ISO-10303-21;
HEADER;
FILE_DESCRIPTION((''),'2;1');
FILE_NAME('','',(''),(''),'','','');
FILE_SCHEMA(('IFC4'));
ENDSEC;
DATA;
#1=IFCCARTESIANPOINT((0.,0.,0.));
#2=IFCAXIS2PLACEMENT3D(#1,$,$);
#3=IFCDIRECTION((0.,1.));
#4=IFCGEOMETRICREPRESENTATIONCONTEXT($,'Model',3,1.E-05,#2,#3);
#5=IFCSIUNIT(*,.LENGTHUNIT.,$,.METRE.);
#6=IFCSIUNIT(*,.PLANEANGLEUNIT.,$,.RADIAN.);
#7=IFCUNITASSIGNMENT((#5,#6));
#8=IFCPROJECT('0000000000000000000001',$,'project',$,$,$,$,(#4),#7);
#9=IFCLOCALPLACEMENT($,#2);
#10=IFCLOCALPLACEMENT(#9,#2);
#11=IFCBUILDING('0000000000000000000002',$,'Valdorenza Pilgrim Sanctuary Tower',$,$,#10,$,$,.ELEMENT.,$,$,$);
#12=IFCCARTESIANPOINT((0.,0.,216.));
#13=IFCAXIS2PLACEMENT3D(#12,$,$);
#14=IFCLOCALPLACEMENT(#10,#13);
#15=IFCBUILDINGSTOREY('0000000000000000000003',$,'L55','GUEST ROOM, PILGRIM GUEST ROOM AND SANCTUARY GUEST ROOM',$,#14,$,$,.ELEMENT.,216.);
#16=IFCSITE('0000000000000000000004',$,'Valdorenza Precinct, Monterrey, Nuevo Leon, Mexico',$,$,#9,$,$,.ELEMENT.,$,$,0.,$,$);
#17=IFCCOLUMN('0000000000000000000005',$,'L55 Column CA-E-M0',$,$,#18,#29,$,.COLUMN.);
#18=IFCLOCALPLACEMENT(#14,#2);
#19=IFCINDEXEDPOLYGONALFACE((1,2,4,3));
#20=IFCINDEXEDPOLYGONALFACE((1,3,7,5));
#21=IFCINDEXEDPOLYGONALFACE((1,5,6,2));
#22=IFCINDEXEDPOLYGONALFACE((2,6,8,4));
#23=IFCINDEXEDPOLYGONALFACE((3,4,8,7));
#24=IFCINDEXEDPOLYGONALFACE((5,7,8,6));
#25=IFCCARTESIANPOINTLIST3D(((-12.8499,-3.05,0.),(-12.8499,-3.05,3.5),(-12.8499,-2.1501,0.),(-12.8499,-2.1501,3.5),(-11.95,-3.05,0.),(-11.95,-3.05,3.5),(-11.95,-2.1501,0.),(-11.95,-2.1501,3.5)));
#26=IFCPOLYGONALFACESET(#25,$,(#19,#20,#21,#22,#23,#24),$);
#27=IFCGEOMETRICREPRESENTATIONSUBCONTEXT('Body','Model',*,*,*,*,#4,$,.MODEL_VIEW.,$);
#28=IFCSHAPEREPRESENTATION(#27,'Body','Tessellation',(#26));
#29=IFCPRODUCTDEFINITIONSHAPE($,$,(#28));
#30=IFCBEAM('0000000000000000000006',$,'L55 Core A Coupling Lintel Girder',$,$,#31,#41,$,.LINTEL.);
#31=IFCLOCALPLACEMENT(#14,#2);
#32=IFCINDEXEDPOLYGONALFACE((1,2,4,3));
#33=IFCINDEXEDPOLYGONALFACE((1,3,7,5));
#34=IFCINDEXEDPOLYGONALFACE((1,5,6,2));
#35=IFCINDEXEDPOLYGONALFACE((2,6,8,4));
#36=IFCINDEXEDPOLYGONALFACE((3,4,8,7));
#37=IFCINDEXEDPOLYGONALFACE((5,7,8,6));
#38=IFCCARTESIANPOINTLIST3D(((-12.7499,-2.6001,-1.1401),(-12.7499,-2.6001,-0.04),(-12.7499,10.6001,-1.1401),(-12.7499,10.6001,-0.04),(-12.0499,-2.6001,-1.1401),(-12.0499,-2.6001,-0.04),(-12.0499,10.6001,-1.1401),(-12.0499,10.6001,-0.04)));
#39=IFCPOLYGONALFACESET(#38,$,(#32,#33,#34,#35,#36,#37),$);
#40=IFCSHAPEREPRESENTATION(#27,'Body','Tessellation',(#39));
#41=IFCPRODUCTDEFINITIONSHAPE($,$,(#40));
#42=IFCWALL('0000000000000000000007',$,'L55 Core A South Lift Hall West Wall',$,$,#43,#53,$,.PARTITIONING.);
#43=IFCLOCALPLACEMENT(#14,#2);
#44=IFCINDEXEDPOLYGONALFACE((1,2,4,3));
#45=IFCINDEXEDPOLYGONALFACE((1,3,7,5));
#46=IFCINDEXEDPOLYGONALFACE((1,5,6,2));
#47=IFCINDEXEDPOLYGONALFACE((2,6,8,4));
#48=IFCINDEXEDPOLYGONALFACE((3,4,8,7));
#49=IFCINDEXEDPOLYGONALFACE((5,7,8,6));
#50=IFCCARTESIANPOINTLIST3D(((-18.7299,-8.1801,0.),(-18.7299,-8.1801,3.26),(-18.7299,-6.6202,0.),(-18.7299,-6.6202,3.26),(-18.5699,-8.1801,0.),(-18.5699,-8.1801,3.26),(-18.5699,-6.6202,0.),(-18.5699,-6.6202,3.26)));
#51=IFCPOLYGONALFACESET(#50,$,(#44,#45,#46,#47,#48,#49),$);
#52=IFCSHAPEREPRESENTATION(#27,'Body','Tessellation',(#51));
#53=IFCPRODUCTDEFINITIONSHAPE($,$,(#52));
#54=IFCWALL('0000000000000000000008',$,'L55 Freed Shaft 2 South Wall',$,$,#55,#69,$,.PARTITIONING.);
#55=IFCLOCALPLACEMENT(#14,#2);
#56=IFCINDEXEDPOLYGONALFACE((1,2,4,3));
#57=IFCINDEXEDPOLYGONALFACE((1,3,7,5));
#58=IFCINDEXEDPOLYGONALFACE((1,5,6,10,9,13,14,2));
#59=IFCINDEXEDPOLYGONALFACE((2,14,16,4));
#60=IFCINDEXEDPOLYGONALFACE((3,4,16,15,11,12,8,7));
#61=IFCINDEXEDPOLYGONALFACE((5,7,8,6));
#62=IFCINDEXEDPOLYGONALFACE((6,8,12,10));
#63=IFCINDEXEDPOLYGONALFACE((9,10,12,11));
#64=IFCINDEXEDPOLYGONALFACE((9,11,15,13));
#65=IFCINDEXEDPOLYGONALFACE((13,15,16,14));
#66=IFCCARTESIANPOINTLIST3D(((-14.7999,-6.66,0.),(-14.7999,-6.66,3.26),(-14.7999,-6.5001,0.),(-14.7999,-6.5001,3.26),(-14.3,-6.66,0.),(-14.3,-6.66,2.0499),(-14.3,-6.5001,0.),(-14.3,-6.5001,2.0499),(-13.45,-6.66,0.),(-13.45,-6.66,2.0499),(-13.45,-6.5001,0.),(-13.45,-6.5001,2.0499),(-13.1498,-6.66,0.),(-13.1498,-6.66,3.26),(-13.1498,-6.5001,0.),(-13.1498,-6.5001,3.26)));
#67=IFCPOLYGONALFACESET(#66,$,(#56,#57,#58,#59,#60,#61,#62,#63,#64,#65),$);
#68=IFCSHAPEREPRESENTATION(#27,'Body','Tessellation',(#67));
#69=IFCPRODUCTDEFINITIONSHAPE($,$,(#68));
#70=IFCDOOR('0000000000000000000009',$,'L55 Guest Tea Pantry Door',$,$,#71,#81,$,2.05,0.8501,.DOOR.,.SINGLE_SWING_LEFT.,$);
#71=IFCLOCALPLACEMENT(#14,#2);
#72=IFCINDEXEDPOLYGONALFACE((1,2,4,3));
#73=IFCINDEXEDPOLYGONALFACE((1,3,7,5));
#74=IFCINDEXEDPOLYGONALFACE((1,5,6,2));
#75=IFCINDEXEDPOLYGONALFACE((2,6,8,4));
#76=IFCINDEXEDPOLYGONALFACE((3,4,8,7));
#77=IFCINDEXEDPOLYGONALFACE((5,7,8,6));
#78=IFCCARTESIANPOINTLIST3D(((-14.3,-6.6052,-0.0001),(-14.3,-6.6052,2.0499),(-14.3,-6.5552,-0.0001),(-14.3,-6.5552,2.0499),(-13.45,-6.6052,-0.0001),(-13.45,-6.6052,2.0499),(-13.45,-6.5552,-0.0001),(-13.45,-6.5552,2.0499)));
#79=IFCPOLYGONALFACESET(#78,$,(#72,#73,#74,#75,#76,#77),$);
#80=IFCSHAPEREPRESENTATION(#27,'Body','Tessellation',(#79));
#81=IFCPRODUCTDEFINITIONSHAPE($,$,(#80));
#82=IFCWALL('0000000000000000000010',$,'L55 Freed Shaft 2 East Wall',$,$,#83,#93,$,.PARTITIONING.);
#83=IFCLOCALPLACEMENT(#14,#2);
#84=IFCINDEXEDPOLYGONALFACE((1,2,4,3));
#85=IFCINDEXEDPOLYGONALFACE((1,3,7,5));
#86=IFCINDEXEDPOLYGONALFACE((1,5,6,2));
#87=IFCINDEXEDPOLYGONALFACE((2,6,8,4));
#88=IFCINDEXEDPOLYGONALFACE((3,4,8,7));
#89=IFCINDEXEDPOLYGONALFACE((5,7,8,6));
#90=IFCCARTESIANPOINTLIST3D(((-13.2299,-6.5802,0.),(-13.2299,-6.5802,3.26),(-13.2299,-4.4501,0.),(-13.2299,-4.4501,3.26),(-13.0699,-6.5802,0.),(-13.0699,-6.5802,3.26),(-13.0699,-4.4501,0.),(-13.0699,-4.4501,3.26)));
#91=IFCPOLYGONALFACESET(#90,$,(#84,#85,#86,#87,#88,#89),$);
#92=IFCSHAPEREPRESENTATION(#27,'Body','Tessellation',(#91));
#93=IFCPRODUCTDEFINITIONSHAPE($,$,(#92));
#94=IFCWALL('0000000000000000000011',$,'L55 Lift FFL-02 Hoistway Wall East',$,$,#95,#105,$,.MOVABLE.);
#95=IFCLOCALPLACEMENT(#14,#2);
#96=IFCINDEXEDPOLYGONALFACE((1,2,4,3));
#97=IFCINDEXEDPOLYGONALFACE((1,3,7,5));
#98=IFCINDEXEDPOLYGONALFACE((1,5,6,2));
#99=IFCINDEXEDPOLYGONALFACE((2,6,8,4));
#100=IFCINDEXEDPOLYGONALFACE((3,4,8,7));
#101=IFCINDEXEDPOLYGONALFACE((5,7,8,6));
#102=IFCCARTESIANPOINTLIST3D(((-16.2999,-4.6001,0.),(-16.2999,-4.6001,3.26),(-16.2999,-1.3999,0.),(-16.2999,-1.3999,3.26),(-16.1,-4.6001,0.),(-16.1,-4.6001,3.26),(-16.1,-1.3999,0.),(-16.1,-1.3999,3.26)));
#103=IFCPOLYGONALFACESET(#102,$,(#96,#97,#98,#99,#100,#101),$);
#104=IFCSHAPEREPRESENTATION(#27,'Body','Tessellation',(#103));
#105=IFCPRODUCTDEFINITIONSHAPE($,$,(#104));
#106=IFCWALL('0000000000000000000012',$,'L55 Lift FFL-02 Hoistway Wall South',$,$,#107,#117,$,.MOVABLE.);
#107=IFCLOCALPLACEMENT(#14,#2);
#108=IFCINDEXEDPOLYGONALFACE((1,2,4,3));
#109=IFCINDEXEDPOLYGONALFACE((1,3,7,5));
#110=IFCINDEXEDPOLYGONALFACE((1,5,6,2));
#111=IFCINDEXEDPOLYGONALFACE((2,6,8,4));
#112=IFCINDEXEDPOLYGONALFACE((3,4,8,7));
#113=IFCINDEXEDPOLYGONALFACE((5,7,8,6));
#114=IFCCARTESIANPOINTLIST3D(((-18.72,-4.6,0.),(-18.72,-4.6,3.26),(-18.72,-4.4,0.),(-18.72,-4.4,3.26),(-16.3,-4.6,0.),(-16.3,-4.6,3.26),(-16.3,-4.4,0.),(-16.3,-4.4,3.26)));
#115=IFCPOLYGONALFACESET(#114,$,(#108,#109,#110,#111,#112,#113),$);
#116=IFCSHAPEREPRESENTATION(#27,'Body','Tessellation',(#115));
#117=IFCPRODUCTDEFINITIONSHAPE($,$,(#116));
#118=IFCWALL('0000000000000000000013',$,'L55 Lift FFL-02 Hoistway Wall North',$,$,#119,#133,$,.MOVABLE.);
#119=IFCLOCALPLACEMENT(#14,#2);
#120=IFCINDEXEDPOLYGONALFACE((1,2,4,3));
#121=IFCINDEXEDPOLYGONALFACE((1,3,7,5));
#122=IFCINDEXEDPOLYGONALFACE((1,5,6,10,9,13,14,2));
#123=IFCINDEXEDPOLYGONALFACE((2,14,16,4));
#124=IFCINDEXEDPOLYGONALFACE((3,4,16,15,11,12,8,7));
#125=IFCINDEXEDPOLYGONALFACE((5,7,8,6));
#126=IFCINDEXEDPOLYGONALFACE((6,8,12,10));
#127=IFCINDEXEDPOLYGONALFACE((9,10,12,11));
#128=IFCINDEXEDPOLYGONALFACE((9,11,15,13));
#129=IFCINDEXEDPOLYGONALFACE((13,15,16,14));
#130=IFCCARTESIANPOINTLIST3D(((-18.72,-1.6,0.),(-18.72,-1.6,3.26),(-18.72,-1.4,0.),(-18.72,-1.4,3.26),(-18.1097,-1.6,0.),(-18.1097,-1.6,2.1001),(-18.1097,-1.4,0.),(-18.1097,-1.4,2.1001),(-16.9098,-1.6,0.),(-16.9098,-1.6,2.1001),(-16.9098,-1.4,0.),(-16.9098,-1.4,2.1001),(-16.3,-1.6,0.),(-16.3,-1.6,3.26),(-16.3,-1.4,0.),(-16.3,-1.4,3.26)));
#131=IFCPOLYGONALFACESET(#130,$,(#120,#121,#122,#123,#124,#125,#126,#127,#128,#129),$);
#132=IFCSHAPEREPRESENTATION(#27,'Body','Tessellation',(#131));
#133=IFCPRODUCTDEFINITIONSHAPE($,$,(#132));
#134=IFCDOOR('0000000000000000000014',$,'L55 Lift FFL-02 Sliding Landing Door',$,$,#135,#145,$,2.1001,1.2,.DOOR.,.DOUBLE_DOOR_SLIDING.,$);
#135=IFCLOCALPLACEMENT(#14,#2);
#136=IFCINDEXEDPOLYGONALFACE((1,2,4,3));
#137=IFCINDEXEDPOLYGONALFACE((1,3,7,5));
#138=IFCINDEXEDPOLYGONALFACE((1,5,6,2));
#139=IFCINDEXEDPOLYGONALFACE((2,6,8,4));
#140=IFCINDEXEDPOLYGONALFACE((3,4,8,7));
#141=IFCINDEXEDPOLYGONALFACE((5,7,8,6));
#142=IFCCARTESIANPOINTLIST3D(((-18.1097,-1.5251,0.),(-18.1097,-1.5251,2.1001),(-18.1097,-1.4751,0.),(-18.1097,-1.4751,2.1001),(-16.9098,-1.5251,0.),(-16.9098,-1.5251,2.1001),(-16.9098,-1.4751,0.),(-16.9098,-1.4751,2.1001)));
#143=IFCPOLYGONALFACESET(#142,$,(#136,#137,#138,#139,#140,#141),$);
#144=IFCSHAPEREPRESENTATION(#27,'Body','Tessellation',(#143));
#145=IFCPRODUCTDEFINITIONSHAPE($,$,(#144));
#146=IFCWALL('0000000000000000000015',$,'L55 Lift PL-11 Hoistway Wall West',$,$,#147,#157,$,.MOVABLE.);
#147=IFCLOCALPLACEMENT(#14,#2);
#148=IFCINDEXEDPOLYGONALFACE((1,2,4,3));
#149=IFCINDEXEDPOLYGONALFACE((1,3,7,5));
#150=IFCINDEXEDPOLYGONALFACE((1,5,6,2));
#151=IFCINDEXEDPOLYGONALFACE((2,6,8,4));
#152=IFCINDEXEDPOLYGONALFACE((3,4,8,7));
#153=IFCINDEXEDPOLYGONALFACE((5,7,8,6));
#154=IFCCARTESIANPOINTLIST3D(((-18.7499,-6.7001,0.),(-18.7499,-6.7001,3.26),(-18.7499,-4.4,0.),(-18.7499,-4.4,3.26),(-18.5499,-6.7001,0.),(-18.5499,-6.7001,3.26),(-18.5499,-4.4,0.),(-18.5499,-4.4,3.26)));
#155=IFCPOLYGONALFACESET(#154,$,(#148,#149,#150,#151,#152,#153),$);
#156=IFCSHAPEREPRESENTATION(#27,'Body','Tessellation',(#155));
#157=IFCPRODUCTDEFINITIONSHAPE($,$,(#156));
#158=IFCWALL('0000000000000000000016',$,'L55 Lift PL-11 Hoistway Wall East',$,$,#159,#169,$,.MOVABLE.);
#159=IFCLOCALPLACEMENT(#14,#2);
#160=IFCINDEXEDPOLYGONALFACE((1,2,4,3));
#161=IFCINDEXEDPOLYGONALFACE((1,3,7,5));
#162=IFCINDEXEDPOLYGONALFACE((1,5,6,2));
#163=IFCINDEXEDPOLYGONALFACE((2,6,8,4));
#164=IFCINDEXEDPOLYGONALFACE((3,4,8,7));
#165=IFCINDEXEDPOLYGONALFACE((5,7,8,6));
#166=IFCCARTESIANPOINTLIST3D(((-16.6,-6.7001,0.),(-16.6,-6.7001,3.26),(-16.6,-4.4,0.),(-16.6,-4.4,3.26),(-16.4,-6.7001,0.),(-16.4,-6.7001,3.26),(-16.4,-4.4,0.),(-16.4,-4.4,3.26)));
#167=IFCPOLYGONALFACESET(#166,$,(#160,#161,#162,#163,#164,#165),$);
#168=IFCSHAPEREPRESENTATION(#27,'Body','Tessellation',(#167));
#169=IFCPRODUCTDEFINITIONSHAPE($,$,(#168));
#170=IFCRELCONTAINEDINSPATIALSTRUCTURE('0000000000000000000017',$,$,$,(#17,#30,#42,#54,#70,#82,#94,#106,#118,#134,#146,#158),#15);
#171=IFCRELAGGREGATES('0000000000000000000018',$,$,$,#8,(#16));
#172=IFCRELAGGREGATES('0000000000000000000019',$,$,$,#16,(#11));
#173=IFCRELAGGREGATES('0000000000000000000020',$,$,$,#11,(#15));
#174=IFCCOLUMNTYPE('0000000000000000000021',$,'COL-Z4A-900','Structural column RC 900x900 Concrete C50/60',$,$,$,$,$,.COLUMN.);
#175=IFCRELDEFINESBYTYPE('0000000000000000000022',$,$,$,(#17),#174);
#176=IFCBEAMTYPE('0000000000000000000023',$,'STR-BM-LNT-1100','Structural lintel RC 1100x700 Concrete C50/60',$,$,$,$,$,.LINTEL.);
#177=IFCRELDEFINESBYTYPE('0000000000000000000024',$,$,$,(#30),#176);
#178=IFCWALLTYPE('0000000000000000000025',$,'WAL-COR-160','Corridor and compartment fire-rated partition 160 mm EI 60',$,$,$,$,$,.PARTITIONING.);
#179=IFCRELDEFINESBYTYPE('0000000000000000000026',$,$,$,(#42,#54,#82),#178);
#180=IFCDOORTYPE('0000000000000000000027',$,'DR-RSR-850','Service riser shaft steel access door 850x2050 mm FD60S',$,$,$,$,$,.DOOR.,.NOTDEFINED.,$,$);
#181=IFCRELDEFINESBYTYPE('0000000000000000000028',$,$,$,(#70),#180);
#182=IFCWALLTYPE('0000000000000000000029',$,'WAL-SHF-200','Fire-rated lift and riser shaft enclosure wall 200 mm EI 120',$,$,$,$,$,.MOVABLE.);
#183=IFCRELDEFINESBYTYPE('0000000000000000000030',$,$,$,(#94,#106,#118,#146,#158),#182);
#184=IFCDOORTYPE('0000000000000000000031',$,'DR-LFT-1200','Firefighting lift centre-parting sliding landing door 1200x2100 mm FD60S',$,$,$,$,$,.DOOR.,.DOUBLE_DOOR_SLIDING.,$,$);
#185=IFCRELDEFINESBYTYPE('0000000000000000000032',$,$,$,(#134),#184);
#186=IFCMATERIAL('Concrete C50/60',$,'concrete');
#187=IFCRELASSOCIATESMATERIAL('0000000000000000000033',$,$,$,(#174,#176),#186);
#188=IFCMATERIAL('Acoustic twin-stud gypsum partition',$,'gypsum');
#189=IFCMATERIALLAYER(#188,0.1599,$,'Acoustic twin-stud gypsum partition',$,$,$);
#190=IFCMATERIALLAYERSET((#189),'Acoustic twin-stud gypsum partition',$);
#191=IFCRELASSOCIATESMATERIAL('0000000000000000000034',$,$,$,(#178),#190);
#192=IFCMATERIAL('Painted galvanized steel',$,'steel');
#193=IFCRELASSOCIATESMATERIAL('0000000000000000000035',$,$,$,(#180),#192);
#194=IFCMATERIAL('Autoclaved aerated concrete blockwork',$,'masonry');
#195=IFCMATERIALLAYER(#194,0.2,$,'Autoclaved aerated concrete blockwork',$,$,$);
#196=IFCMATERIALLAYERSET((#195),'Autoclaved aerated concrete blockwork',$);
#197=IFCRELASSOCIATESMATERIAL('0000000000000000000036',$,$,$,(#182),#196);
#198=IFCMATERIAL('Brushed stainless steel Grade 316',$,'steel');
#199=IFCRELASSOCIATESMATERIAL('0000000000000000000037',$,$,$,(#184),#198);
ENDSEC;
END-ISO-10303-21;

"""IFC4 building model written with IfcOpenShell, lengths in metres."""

from ifc_helpers import new_model, si_unit, direction, frame, frame_2d, origin, origin_2d, place, context, subcontext, project, spatial, rectangle, extrude, source, transform, mapped, material, layer, layer_set, material_profile, profile_set, type_object, element, fill, save


model = new_model("IFC4")

# Units and contexts
model_context = context("Model", 3, precision=1e-05, world=origin(), true_north=direction((0.0, 1.0)))
body_context = subcontext(model_context, "Body", "Model", "MODEL_VIEW")
ifc_project = project(units=[si_unit("LENGTHUNIT", "METRE"), si_unit("PLANEANGLEUNIT", "RADIAN")], contexts=[model_context])

# Site, building, storey
site_placement = place(None, origin())
site = spatial("IfcSite", under=ifc_project, at=site_placement, Name="Valdorenza Precinct, Monterrey, Nuevo Leon, Mexico", CompositionType="ELEMENT", RefElevation=0.0)
building_placement = place(site_placement, origin())
building = spatial("IfcBuilding", under=site, at=building_placement, Name="Valdorenza Pilgrim Sanctuary Tower", CompositionType="ELEMENT")
storey_placement = place(building_placement, frame((0.0, 0.0, 216.0)))
storey = spatial("IfcBuildingStorey", under=building, at=storey_placement, Name="L55", Description="GUEST ROOM, PILGRIM GUEST ROOM AND SANCTUARY GUEST ROOM", CompositionType="ELEMENT", Elevation=216.0)

# Column
ifc_material_1 = material(Name="Concrete C50/60", Category="concrete")
ifc_material_profile_1 = material_profile(ifc_material_1, rectangle(XDim=0.8999, YDim=0.8999, at=origin_2d()), Name="RC 900x900")
ifc_profile_set_1 = profile_set([ifc_material_profile_1], Name="Concrete C50/60")
column_type = type_object("IfcColumnType", Name="COL-Z4A-900", Description="Structural column RC 900x900 Concrete C50/60", PredefinedType="COLUMN", material=ifc_profile_set_1)
shared_shape_1 = source(origin(), body_context, "Body", "SweptSolid", [
    extrude(rectangle(XDim=0.8999, YDim=0.8999, at=origin_2d()), origin(), (0.0, 0.0, 1.0), 3.5),
])
column_placement = place(storey_placement, frame((-12.3999, -2.6001, 0.0), z_axis=(0.0, 0.0, 1.0), x_axis=(1.0, 0.0, 0.0)))
element("IfcColumn", 1, at=column_placement, inside=storey, type_object=column_type, Name="L55 Column CA-E-M0", PredefinedType="COLUMN", context=body_context, shape_type="MappedRepresentation", body=[
    mapped(shared_shape_1, transform((0.0, 0.0, 0.0), x_axis=(1.0, 0.0, 0.0), y_axis=(0.0, 1.0, 0.0), z_axis=(0.0, 0.0, 1.0), scale=1.0)),
])

# Beam
ifc_material_profile_2 = material_profile(ifc_material_1, rectangle(XDim=0.7, YDim=1.1001, at=origin_2d()), Name="RC 1100x700")
ifc_profile_set_2 = profile_set([ifc_material_profile_2], Name="Concrete C50/60")
beam_type = type_object("IfcBeamType", Name="STR-BM-LNT-1100", Description="Structural lintel RC 1100x700 Concrete C50/60", PredefinedType="LINTEL", material=ifc_profile_set_2)
shared_shape_2 = source(origin(), body_context, "Body", "SweptSolid", [
    extrude(rectangle(XDim=0.7, YDim=1.1001, at=origin_2d()), origin(), (0.0, 0.0, 1.0), 13.2002),
])
beam_placement = place(storey_placement, frame((-12.3999, -2.6001, -0.5901), z_axis=(0.0, 1.0, 0.0), x_axis=(-1.0, 0.0, 0.0)))
element("IfcBeam", 2, at=beam_placement, inside=storey, type_object=beam_type, Name="L55 Core A Coupling Lintel Girder", PredefinedType="LINTEL", context=body_context, shape_type="MappedRepresentation", body=[
    mapped(shared_shape_2, transform((0.0, 0.0, 0.0), x_axis=(1.0, 0.0, 0.0), y_axis=(0.0, 1.0, 0.0), z_axis=(0.0, 0.0, 1.0), scale=1.0)),
])

# Wall
ifc_material_2 = material(Name="Acoustic twin-stud gypsum partition", Category="gypsum")
ifc_layer_1 = layer(ifc_material_2, 0.1599, Name="Acoustic twin-stud gypsum partition")
ifc_layer_set_1 = layer_set([ifc_layer_1], Name="Acoustic twin-stud gypsum partition")
wall_type_1 = type_object("IfcWallType", Name="WAL-COR-160", Description="Corridor and compartment fire-rated partition 160 mm EI 60", PredefinedType="PARTITIONING", material=ifc_layer_set_1)
wall_1_placement = place(storey_placement, frame((-18.6499, -8.1799, 0.0), z_axis=(0.0, 0.0, 1.0), x_axis=(0.0, 1.0, 0.0)))
element("IfcWall", 3, at=wall_1_placement, inside=storey, type_object=wall_type_1, Name="L55 Core A South Lift Hall West Wall", PredefinedType="PARTITIONING", context=body_context, shape_type="SweptSolid", body=[
    extrude(rectangle(XDim=1.5598, YDim=0.1599, at=frame_2d((0.7798, 0.0))), origin(), (0.0, 0.0, 1.0), 3.26),
])

# Wall, opening, door
wall_2_placement = place(storey_placement, frame((-14.8, -6.5801, 0.0), z_axis=(0.0, 0.0, 1.0), x_axis=(1.0, 0.0, 0.0)))
wall_2 = element("IfcWall", 4, at=wall_2_placement, inside=storey, type_object=wall_type_1, Name="L55 Freed Shaft 2 South Wall", PredefinedType="PARTITIONING", context=body_context, shape_type="SweptSolid", body=[
    extrude(rectangle(XDim=1.6501, YDim=0.1599, at=frame_2d((0.8252, 0.0))), origin(), (0.0, 0.0, 1.0), 3.26),
])
opening_1_placement = place(wall_2_placement, frame((0.5, 0.0, 0.0)))
opening_1 = element("IfcOpeningElement", 5, at=opening_1_placement, cuts=wall_2, PredefinedType="OPENING", context=body_context, shape_type="SweptSolid", body=[
    extrude(rectangle(XDim=0.8501, YDim=2.05, at=frame_2d((0.425, 1.0249))), frame((0.0, 0.0947, 0.0), z_axis=(0.0, -1.0, 0.0), x_axis=(1.0, 0.0, 0.0)), (0.0, 0.0, 1.0), 0.1897),
])
ifc_material_3 = material(Name="Painted galvanized steel", Category="steel")
door_type_1 = type_object("IfcDoorType", Name="DR-RSR-850", Description="Service riser shaft steel access door 850x2050 mm FD60S", OperationType="NOTDEFINED", PredefinedType="DOOR", material=ifc_material_3)
door_1_placement = place(opening_1_placement, origin())
door_1 = element("IfcDoor", 6, at=door_1_placement, inside=storey, type_object=door_type_1, Name="L55 Guest Tea Pantry Door", OperationType="SINGLE_SWING_LEFT", OverallHeight=2.05, OverallWidth=0.8501, PredefinedType="DOOR", context=body_context, shape_type="SweptSolid", body=[
    extrude(rectangle(XDim=0.8501, YDim=2.05, at=frame_2d((0.425, 1.0249))), frame((0.0, 0.0249, 0.0), z_axis=(0.0, -1.0, 0.0), x_axis=(1.0, 0.0, 0.0)), (0.0, 0.0, 1.0), 0.05),
])
fill(opening_1, door_1)

# Wall
wall_3_placement = place(storey_placement, frame((-13.1499, -6.5801, 0.0), z_axis=(0.0, 0.0, 1.0), x_axis=(0.0, 1.0, 0.0)))
element("IfcWall", 7, at=wall_3_placement, inside=storey, type_object=wall_type_1, Name="L55 Freed Shaft 2 East Wall", PredefinedType="PARTITIONING", context=body_context, shape_type="SweptSolid", body=[
    extrude(rectangle(XDim=2.1301, YDim=0.1599, at=frame_2d((1.0649, 0.0))), origin(), (0.0, 0.0, 1.0), 3.26),
])

# Walls
ifc_material_4 = material(Name="Autoclaved aerated concrete blockwork", Category="masonry")
ifc_layer_2 = layer(ifc_material_4, 0.2, Name="Autoclaved aerated concrete blockwork")
ifc_layer_set_2 = layer_set([ifc_layer_2], Name="Autoclaved aerated concrete blockwork")
wall_type_2 = type_object("IfcWallType", Name="WAL-SHF-200", Description="Fire-rated lift and riser shaft enclosure wall 200 mm EI 120", PredefinedType="MOVABLE", material=ifc_layer_set_2)
wall_4_placement = place(storey_placement, frame((-16.2, -4.6001, 0.0), z_axis=(0.0, 0.0, 1.0), x_axis=(0.0, 1.0, 0.0)))
element("IfcWall", 8, at=wall_4_placement, inside=storey, type_object=wall_type_2, Name="L55 Lift FFL-02 Hoistway Wall East", PredefinedType="MOVABLE", context=body_context, shape_type="SweptSolid", body=[
    extrude(rectangle(XDim=3.2002, YDim=0.2, at=frame_2d((1.6001, 0.0))), origin(), (0.0, 0.0, 1.0), 3.26),
])
wall_5_placement = place(storey_placement, frame((-18.72, -4.5, 0.0), z_axis=(0.0, 0.0, 1.0), x_axis=(1.0, 0.0, 0.0)))
element("IfcWall", 9, at=wall_5_placement, inside=storey, type_object=wall_type_2, Name="L55 Lift FFL-02 Hoistway Wall South", PredefinedType="MOVABLE", context=body_context, shape_type="SweptSolid", body=[
    extrude(rectangle(XDim=2.4199, YDim=0.2, at=frame_2d((1.21, 0.0))), origin(), (0.0, 0.0, 1.0), 3.26),
])

# Wall, opening, door
wall_6_placement = place(storey_placement, frame((-18.72, -1.5, 0.0), z_axis=(0.0, 0.0, 1.0), x_axis=(1.0, 0.0, 0.0)))
wall_6 = element("IfcWall", 10, at=wall_6_placement, inside=storey, type_object=wall_type_2, Name="L55 Lift FFL-02 Hoistway Wall North", PredefinedType="MOVABLE", context=body_context, shape_type="SweptSolid", body=[
    extrude(rectangle(XDim=2.4199, YDim=0.2, at=frame_2d((1.21, 0.0))), origin(), (0.0, 0.0, 1.0), 3.26),
])
opening_2_placement = place(wall_6_placement, frame((0.6101, 0.0, 0.0)))
opening_2 = element("IfcOpeningElement", 11, at=opening_2_placement, cuts=wall_6, PredefinedType="OPENING", context=body_context, shape_type="SweptSolid", body=[
    extrude(rectangle(XDim=1.2, YDim=2.1001, at=frame_2d((0.6001, 1.05))), frame((0.0, 0.1147, 0.0), z_axis=(0.0, -1.0, 0.0), x_axis=(1.0, 0.0, 0.0)), (0.0, 0.0, 1.0), 0.2297),
])
ifc_material_5 = material(Name="Brushed stainless steel Grade 316", Category="steel")
door_type_2 = type_object("IfcDoorType", Name="DR-LFT-1200", Description="Firefighting lift centre-parting sliding landing door 1200x2100 mm FD60S", OperationType="DOUBLE_DOOR_SLIDING", PredefinedType="DOOR", material=ifc_material_5)
door_2_placement = place(opening_2_placement, origin())
door_2 = element("IfcDoor", 12, at=door_2_placement, inside=storey, type_object=door_type_2, Name="L55 Lift FFL-02 Sliding Landing Door", OperationType="DOUBLE_DOOR_SLIDING", OverallHeight=2.1001, OverallWidth=1.2, PredefinedType="DOOR", context=body_context, shape_type="SweptSolid", body=[
    extrude(rectangle(XDim=1.2, YDim=2.1001, at=frame_2d((0.6001, 1.05))), frame((0.0, 0.0249, 0.0), z_axis=(0.0, -1.0, 0.0), x_axis=(1.0, 0.0, 0.0)), (0.0, 0.0, 1.0), 0.05),
])
fill(opening_2, door_2)

# Walls
for number, where, z_axis, x_axis, name in (
    (13, (-18.6499, -6.7, 0.0), (0.0, 0.0, 1.0), (0.0, 1.0, 0.0), "L55 Lift PL-11 Hoistway Wall West"),
    (14, (-16.5, -6.7, 0.0), (0.0, 0.0, 1.0), (0.0, 1.0, 0.0), "L55 Lift PL-11 Hoistway Wall East"),
):
    element("IfcWall", number, at=place(storey_placement, frame(where, z_axis=z_axis, x_axis=x_axis)), inside=storey, type_object=wall_type_2, Name=name, PredefinedType="MOVABLE", context=body_context, shape_type="SweptSolid", body=[
        extrude(rectangle(XDim=2.3, YDim=0.2, at=frame_2d((1.1499, 0.0))), origin(), (0.0, 0.0, 1.0), 3.26),
    ])

save(model, "model.ifc")
